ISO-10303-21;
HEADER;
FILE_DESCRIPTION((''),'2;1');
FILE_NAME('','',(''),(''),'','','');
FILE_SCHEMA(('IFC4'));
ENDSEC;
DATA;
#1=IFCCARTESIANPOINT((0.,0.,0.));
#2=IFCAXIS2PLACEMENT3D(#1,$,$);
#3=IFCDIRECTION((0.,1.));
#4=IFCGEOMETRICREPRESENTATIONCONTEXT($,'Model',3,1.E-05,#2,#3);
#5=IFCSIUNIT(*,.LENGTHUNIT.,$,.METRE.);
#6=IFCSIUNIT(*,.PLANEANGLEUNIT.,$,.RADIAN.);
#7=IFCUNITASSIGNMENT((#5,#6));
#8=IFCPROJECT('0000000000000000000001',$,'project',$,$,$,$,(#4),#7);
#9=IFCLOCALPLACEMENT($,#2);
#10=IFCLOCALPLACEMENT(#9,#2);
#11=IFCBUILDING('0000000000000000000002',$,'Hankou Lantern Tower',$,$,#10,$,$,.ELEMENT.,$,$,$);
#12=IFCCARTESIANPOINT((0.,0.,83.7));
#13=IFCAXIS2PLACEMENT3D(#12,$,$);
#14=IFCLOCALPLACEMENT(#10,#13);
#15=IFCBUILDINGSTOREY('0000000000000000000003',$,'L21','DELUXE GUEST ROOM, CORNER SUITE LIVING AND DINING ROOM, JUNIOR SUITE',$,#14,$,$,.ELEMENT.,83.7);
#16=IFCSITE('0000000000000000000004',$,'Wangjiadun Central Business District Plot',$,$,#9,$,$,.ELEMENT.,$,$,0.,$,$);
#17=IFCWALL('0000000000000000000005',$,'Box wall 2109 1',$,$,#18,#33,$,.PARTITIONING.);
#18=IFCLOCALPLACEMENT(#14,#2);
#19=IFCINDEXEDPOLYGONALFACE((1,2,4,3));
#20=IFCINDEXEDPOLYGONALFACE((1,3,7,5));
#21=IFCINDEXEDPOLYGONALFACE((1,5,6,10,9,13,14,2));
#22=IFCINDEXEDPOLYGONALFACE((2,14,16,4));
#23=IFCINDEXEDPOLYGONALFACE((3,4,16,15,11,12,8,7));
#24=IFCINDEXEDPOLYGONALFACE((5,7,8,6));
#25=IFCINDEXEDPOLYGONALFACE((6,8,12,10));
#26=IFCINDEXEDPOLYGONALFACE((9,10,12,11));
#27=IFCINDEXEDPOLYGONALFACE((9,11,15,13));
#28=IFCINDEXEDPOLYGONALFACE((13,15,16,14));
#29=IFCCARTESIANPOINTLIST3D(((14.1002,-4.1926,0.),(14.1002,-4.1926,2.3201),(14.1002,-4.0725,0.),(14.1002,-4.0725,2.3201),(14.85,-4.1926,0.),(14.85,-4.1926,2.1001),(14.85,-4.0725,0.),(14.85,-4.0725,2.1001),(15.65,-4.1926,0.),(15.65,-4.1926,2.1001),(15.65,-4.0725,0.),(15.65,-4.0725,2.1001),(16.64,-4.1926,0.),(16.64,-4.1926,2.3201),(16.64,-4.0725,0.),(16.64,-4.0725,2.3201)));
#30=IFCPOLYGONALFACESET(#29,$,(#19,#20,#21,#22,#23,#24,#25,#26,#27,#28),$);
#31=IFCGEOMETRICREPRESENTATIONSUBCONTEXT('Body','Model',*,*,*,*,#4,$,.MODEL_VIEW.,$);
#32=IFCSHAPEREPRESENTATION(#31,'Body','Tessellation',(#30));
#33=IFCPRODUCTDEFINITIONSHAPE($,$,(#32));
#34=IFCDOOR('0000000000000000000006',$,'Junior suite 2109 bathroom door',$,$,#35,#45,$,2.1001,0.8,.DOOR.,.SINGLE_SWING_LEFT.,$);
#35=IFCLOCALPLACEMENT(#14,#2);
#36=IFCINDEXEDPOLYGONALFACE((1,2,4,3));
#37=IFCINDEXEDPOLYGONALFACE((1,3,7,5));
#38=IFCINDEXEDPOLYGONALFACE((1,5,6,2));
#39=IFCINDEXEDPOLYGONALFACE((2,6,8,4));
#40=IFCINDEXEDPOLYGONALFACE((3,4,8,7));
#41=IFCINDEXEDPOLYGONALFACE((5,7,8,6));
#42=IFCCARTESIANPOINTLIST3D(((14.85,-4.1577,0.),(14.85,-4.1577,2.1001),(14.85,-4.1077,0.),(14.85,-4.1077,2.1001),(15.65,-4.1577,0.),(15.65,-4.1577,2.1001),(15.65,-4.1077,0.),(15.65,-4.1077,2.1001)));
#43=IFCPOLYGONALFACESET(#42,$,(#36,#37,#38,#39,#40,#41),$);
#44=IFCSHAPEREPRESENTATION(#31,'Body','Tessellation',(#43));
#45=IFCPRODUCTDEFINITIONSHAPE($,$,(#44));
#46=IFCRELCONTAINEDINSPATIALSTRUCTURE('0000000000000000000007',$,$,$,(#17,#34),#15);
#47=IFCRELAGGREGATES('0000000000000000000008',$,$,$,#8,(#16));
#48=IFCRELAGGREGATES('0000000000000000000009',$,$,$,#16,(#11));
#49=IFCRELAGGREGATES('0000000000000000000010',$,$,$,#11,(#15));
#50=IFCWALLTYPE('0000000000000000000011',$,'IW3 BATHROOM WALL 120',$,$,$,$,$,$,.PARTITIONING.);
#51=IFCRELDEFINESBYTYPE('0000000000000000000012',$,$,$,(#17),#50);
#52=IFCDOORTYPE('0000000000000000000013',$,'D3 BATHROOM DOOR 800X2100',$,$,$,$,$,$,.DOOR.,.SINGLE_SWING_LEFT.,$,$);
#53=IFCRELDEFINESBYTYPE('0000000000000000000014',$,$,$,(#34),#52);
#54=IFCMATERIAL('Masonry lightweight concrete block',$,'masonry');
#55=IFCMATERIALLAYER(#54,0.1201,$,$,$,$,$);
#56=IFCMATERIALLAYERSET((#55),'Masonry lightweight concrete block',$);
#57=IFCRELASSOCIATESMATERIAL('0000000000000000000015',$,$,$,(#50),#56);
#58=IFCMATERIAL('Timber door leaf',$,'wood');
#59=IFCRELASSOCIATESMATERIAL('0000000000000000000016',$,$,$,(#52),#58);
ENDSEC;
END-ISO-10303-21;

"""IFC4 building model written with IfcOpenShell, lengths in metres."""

from ifc_helpers import new_model, si_unit, direction, frame, frame_2d, origin, place, context, subcontext, project, spatial, rectangle, extrude, material, layer, layer_set, type_object, element, fill, save


model = new_model("IFC4")

# Units and contexts
model_context = context("Model", 3, precision=1e-05, world=origin(), true_north=direction((0.0, 1.0)))
body_context = subcontext(model_context, "Body", "Model", "MODEL_VIEW")
ifc_project = project(units=[si_unit("LENGTHUNIT", "METRE"), si_unit("PLANEANGLEUNIT", "RADIAN")], contexts=[model_context])

# Site, building, storey
site_placement = place(None, origin())
site = spatial("IfcSite", under=ifc_project, at=site_placement, Name="Wangjiadun Central Business District Plot", CompositionType="ELEMENT", RefElevation=0.0)
building_placement = place(site_placement, origin())
building = spatial("IfcBuilding", under=site, at=building_placement, Name="Hankou Lantern Tower", CompositionType="ELEMENT")
storey_placement = place(building_placement, frame((0.0, 0.0, 83.7)))
storey = spatial("IfcBuildingStorey", under=building, at=storey_placement, Name="L21", Description="DELUXE GUEST ROOM, CORNER SUITE LIVING AND DINING ROOM, JUNIOR SUITE", CompositionType="ELEMENT", Elevation=83.7)

# Wall, opening, door
ifc_material_1 = material(Name="Masonry lightweight concrete block", Category="masonry")
ifc_layer_1 = layer(ifc_material_1, 0.1201)
ifc_layer_set_1 = layer_set([ifc_layer_1], Name="Masonry lightweight concrete block")
wall_type_1 = type_object("IfcWallType", Name="IW3 BATHROOM WALL 120", PredefinedType="PARTITIONING", material=ifc_layer_set_1)
wall_1_placement = place(storey_placement, frame((14.1001, -4.1326, 0.0), z_axis=(0.0, 0.0, 1.0), x_axis=(1.0, 0.0, 0.0)))
wall_1 = element("IfcWall", 1, at=wall_1_placement, inside=storey, type_object=wall_type_1, Name="Box wall 2109 1", PredefinedType="PARTITIONING", context=body_context, shape_type="SweptSolid", body=[
    extrude(rectangle(XDim=2.5398, YDim=0.1201, at=frame_2d((1.27, 0.0))), origin(), (0.0, 0.0, 1.0), 2.3201),
])
opening_1_placement = place(wall_1_placement, frame((0.75, 0.0, 0.0)))
opening_1 = element("IfcOpeningElement", 2, at=opening_1_placement, cuts=wall_1, PredefinedType="OPENING", context=body_context, shape_type="SweptSolid", body=[
    extrude(rectangle(XDim=0.8, YDim=2.1001, at=frame_2d((0.3999, 1.05))), frame((0.0, 0.0701, 0.0), z_axis=(0.0, -1.0, 0.0), x_axis=(1.0, 0.0, 0.0)), (0.0, 0.0, 1.0), 0.1401),
])
ifc_material_2 = material(Name="Timber door leaf", Category="wood")
door_type_1 = type_object("IfcDoorType", Name="D3 BATHROOM DOOR 800X2100", OperationType="SINGLE_SWING_LEFT", PredefinedType="DOOR", material=ifc_material_2)
door_1_placement = place(opening_1_placement, origin())
door_1 = element("IfcDoor", 3, at=door_1_placement, inside=storey, type_object=door_type_1, Name="Junior suite 2109 bathroom door", OperationType="SINGLE_SWING_LEFT", OverallHeight=2.1001, OverallWidth=0.8, PredefinedType="DOOR", context=body_context, shape_type="SweptSolid", body=[
    extrude(rectangle(XDim=0.8, YDim=2.1001, at=frame_2d((0.3999, 1.05))), frame((0.0, 0.0249, 0.0), z_axis=(0.0, -1.0, 0.0), x_axis=(1.0, 0.0, 0.0)), (0.0, 0.0, 1.0), 0.05),
])
fill(opening_1, door_1)

save(model, "model.ifc")
